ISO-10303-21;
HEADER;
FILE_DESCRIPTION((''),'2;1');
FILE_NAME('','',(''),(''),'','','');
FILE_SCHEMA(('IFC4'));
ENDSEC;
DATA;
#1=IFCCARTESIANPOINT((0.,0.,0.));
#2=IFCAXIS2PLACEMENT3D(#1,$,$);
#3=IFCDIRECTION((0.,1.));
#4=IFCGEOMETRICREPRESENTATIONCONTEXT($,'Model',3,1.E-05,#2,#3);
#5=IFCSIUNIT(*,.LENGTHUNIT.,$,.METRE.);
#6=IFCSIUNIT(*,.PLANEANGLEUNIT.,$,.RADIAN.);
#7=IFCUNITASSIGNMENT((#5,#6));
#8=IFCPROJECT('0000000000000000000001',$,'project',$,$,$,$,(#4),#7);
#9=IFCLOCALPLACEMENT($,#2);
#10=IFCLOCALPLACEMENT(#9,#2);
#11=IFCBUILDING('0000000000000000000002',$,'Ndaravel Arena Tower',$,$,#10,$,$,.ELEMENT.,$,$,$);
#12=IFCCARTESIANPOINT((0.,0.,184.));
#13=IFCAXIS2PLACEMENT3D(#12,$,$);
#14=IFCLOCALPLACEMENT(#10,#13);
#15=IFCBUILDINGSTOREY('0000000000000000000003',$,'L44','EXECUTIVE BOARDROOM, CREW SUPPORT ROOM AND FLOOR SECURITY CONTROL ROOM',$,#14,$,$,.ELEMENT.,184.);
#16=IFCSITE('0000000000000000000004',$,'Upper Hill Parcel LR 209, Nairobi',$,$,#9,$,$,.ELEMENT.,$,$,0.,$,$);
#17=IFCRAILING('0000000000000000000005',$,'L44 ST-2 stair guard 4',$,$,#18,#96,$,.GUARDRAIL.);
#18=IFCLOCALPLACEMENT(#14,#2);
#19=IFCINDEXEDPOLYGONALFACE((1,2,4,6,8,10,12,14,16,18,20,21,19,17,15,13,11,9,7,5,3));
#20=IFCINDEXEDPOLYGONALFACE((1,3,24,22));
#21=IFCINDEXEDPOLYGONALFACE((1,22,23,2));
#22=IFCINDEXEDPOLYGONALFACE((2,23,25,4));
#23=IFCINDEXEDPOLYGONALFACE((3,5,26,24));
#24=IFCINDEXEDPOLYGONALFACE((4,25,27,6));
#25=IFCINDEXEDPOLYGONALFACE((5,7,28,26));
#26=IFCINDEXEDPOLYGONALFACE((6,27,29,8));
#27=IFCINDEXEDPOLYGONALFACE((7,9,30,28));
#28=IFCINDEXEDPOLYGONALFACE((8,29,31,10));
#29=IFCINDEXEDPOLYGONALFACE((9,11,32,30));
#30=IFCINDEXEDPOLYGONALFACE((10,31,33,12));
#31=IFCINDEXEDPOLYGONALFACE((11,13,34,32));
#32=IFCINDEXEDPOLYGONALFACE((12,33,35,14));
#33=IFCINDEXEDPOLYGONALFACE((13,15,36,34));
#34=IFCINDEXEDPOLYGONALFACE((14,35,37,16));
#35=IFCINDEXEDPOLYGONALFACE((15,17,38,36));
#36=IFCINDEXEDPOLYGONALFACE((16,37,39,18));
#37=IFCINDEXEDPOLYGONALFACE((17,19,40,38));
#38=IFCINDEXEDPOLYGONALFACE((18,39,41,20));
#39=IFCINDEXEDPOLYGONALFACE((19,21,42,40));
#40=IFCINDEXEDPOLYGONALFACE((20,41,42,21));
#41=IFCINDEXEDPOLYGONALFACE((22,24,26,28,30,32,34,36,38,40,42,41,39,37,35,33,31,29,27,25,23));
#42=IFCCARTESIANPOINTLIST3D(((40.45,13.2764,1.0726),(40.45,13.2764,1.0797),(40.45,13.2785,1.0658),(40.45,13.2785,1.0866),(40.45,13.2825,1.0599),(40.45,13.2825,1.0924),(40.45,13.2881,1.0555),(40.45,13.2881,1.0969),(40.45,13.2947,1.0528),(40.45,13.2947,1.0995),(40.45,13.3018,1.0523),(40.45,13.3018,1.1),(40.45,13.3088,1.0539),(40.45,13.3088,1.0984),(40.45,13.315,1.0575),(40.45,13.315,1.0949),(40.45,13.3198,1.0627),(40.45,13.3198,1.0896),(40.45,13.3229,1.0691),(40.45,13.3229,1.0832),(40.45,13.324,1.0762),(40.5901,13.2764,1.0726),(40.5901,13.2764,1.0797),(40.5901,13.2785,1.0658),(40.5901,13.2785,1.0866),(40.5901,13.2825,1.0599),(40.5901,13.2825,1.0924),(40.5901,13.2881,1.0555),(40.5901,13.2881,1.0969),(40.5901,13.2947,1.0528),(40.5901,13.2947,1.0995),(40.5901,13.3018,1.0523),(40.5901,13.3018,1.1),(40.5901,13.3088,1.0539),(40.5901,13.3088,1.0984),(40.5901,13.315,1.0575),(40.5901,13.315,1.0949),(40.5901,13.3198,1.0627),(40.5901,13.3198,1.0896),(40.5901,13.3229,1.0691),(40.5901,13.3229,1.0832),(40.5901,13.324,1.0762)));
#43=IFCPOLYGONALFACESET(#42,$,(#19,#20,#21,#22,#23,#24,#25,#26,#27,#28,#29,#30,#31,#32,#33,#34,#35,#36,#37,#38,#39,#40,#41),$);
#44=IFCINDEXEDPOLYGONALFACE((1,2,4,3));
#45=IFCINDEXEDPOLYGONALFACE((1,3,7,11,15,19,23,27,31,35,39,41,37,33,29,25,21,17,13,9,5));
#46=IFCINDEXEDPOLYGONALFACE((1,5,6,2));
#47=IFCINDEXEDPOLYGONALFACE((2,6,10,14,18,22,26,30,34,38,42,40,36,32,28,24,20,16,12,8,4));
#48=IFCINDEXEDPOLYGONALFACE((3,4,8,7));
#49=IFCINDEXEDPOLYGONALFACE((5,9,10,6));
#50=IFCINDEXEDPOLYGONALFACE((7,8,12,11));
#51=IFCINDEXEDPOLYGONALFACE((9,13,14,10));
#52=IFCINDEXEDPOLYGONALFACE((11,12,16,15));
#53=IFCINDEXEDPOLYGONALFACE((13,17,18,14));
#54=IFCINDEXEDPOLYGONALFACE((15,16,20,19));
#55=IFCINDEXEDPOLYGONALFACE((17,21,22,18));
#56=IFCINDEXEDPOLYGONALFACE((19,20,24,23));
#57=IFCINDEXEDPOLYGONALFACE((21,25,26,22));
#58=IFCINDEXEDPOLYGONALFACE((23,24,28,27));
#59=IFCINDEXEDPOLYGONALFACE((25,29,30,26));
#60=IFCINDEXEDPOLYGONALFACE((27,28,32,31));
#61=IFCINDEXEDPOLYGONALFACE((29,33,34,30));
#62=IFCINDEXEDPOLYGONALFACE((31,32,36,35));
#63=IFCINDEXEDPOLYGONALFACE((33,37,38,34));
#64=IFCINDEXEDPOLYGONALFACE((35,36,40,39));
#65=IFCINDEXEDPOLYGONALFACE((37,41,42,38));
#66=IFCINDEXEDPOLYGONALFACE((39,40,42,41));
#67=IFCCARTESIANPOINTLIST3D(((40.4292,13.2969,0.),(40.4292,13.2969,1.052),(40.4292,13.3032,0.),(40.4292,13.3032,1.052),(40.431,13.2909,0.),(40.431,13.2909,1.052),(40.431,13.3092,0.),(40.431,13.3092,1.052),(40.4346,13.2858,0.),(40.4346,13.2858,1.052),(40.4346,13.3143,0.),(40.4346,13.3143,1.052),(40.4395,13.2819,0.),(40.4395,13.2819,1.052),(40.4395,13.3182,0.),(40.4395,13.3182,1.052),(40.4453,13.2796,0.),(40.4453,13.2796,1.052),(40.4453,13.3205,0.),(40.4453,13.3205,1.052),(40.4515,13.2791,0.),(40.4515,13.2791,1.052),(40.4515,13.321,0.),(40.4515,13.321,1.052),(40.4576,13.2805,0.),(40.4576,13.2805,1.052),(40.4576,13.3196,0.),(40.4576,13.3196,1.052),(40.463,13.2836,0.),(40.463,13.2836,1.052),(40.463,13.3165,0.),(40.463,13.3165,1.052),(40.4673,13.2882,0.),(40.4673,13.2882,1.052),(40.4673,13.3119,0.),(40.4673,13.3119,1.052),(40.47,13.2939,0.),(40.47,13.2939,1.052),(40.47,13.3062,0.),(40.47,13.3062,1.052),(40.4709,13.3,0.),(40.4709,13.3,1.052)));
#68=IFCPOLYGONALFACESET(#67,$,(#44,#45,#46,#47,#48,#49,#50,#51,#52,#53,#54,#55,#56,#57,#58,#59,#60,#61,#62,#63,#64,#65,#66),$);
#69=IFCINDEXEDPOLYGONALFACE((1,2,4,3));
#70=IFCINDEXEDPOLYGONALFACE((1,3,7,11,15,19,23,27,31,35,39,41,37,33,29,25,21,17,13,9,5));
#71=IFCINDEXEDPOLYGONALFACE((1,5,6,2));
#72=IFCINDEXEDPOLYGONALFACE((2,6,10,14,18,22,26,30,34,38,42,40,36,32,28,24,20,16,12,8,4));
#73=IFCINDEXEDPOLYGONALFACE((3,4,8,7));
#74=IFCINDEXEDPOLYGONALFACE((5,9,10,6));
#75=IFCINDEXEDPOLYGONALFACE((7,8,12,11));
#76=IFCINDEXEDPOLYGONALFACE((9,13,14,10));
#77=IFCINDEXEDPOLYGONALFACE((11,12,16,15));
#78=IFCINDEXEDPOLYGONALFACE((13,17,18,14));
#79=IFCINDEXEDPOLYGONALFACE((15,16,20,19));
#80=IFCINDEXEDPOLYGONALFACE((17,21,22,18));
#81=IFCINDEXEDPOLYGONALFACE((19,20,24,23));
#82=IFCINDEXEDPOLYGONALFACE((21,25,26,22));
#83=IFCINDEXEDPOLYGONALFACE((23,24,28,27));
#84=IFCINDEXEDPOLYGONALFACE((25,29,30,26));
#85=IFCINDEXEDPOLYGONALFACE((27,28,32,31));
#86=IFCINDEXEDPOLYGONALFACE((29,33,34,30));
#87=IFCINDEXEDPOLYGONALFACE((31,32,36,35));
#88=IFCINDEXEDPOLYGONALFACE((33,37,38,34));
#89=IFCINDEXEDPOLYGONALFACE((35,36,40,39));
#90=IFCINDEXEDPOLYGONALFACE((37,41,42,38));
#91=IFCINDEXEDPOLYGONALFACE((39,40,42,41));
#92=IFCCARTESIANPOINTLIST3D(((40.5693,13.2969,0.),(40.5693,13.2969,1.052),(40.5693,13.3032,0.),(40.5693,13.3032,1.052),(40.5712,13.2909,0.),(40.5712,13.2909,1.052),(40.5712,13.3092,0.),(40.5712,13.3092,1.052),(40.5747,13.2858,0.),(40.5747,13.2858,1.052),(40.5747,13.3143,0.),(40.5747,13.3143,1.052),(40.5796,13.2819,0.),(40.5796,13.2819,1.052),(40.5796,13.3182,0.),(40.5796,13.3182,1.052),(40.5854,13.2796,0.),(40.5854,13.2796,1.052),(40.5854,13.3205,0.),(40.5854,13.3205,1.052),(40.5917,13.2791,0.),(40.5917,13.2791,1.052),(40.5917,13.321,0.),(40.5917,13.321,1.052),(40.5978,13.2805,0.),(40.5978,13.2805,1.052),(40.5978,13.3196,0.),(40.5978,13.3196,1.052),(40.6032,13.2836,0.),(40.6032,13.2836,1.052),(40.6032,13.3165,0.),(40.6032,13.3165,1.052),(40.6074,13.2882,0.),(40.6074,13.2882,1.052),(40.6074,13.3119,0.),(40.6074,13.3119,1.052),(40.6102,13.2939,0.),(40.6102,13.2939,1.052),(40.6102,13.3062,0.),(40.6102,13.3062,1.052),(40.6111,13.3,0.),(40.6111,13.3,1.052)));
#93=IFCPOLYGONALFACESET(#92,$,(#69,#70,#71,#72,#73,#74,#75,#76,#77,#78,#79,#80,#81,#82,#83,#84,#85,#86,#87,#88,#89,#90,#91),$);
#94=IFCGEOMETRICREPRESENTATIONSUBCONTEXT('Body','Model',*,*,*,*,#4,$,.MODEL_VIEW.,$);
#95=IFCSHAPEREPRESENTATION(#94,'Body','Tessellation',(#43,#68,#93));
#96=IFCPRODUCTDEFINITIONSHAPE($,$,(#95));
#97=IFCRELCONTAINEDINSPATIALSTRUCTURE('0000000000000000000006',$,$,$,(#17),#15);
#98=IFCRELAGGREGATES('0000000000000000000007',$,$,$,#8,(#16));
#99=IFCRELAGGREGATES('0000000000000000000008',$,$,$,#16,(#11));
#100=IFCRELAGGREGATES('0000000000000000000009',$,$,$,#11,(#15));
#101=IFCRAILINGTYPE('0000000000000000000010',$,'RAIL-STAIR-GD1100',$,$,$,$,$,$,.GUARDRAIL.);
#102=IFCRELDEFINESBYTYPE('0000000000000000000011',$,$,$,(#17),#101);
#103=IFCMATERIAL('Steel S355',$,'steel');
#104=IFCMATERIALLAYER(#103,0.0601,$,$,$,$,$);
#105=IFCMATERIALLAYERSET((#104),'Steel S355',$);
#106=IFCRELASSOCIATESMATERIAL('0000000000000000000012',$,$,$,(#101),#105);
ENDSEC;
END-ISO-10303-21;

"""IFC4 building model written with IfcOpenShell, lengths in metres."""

from ifc_helpers import new_model, si_unit, direction, frame, origin, origin_2d, place, context, subcontext, project, spatial, circle, extrude, material, layer, layer_set, type_object, element, save


model = new_model("IFC4")

# Units and contexts
model_context = context("Model", 3, precision=1e-05, world=origin(), true_north=direction((0.0, 1.0)))
body_context = subcontext(model_context, "Body", "Model", "MODEL_VIEW")
ifc_project = project(units=[si_unit("LENGTHUNIT", "METRE"), si_unit("PLANEANGLEUNIT", "RADIAN")], contexts=[model_context])

# Site, building, storey
site_placement = place(None, origin())
site = spatial("IfcSite", under=ifc_project, at=site_placement, Name="Upper Hill Parcel LR 209, Nairobi", CompositionType="ELEMENT", RefElevation=0.0)
building_placement = place(site_placement, origin())
building = spatial("IfcBuilding", under=site, at=building_placement, Name="Ndaravel Arena Tower", CompositionType="ELEMENT")
storey_placement = place(building_placement, frame((0.0, 0.0, 184.0)))
storey = spatial("IfcBuildingStorey", under=building, at=storey_placement, Name="L44", Description="EXECUTIVE BOARDROOM, CREW SUPPORT ROOM AND FLOOR SECURITY CONTROL ROOM", CompositionType="ELEMENT", Elevation=184.0)

# Railing
ifc_material_1 = material(Name="Steel S355", Category="steel")
ifc_layer_1 = layer(ifc_material_1, 0.0601)
ifc_layer_set_1 = layer_set([ifc_layer_1], Name="Steel S355")
railing_type_1 = type_object("IfcRailingType", Name="RAIL-STAIR-GD1100", PredefinedType="GUARDRAIL", material=ifc_layer_set_1)
railing_1_placement = place(storey_placement, frame((40.45, 13.3, 0.0)))
element("IfcRailing", 1, at=railing_1_placement, inside=storey, type_object=railing_type_1, Name="L44 ST-2 stair guard 4", PredefinedType="GUARDRAIL", context=body_context, shape_type="SweptSolid", body=[
    extrude(circle(Radius=0.0239, at=origin_2d()), frame((0.0, 0.0, 1.0762), z_axis=(1.0, 0.0, 0.0), x_axis=(0.0, 1.0, 0.0)), (0.0, 0.0, 1.0), 0.1401),
    extrude(circle(Radius=0.021, at=origin_2d()), origin(), (0.0, 0.0, 1.0), 1.052),
    extrude(circle(Radius=0.021, at=origin_2d()), frame((0.1401, 0.0, 0.0)), (0.0, 0.0, 1.0), 1.052),
])

save(model, "model.ifc")
